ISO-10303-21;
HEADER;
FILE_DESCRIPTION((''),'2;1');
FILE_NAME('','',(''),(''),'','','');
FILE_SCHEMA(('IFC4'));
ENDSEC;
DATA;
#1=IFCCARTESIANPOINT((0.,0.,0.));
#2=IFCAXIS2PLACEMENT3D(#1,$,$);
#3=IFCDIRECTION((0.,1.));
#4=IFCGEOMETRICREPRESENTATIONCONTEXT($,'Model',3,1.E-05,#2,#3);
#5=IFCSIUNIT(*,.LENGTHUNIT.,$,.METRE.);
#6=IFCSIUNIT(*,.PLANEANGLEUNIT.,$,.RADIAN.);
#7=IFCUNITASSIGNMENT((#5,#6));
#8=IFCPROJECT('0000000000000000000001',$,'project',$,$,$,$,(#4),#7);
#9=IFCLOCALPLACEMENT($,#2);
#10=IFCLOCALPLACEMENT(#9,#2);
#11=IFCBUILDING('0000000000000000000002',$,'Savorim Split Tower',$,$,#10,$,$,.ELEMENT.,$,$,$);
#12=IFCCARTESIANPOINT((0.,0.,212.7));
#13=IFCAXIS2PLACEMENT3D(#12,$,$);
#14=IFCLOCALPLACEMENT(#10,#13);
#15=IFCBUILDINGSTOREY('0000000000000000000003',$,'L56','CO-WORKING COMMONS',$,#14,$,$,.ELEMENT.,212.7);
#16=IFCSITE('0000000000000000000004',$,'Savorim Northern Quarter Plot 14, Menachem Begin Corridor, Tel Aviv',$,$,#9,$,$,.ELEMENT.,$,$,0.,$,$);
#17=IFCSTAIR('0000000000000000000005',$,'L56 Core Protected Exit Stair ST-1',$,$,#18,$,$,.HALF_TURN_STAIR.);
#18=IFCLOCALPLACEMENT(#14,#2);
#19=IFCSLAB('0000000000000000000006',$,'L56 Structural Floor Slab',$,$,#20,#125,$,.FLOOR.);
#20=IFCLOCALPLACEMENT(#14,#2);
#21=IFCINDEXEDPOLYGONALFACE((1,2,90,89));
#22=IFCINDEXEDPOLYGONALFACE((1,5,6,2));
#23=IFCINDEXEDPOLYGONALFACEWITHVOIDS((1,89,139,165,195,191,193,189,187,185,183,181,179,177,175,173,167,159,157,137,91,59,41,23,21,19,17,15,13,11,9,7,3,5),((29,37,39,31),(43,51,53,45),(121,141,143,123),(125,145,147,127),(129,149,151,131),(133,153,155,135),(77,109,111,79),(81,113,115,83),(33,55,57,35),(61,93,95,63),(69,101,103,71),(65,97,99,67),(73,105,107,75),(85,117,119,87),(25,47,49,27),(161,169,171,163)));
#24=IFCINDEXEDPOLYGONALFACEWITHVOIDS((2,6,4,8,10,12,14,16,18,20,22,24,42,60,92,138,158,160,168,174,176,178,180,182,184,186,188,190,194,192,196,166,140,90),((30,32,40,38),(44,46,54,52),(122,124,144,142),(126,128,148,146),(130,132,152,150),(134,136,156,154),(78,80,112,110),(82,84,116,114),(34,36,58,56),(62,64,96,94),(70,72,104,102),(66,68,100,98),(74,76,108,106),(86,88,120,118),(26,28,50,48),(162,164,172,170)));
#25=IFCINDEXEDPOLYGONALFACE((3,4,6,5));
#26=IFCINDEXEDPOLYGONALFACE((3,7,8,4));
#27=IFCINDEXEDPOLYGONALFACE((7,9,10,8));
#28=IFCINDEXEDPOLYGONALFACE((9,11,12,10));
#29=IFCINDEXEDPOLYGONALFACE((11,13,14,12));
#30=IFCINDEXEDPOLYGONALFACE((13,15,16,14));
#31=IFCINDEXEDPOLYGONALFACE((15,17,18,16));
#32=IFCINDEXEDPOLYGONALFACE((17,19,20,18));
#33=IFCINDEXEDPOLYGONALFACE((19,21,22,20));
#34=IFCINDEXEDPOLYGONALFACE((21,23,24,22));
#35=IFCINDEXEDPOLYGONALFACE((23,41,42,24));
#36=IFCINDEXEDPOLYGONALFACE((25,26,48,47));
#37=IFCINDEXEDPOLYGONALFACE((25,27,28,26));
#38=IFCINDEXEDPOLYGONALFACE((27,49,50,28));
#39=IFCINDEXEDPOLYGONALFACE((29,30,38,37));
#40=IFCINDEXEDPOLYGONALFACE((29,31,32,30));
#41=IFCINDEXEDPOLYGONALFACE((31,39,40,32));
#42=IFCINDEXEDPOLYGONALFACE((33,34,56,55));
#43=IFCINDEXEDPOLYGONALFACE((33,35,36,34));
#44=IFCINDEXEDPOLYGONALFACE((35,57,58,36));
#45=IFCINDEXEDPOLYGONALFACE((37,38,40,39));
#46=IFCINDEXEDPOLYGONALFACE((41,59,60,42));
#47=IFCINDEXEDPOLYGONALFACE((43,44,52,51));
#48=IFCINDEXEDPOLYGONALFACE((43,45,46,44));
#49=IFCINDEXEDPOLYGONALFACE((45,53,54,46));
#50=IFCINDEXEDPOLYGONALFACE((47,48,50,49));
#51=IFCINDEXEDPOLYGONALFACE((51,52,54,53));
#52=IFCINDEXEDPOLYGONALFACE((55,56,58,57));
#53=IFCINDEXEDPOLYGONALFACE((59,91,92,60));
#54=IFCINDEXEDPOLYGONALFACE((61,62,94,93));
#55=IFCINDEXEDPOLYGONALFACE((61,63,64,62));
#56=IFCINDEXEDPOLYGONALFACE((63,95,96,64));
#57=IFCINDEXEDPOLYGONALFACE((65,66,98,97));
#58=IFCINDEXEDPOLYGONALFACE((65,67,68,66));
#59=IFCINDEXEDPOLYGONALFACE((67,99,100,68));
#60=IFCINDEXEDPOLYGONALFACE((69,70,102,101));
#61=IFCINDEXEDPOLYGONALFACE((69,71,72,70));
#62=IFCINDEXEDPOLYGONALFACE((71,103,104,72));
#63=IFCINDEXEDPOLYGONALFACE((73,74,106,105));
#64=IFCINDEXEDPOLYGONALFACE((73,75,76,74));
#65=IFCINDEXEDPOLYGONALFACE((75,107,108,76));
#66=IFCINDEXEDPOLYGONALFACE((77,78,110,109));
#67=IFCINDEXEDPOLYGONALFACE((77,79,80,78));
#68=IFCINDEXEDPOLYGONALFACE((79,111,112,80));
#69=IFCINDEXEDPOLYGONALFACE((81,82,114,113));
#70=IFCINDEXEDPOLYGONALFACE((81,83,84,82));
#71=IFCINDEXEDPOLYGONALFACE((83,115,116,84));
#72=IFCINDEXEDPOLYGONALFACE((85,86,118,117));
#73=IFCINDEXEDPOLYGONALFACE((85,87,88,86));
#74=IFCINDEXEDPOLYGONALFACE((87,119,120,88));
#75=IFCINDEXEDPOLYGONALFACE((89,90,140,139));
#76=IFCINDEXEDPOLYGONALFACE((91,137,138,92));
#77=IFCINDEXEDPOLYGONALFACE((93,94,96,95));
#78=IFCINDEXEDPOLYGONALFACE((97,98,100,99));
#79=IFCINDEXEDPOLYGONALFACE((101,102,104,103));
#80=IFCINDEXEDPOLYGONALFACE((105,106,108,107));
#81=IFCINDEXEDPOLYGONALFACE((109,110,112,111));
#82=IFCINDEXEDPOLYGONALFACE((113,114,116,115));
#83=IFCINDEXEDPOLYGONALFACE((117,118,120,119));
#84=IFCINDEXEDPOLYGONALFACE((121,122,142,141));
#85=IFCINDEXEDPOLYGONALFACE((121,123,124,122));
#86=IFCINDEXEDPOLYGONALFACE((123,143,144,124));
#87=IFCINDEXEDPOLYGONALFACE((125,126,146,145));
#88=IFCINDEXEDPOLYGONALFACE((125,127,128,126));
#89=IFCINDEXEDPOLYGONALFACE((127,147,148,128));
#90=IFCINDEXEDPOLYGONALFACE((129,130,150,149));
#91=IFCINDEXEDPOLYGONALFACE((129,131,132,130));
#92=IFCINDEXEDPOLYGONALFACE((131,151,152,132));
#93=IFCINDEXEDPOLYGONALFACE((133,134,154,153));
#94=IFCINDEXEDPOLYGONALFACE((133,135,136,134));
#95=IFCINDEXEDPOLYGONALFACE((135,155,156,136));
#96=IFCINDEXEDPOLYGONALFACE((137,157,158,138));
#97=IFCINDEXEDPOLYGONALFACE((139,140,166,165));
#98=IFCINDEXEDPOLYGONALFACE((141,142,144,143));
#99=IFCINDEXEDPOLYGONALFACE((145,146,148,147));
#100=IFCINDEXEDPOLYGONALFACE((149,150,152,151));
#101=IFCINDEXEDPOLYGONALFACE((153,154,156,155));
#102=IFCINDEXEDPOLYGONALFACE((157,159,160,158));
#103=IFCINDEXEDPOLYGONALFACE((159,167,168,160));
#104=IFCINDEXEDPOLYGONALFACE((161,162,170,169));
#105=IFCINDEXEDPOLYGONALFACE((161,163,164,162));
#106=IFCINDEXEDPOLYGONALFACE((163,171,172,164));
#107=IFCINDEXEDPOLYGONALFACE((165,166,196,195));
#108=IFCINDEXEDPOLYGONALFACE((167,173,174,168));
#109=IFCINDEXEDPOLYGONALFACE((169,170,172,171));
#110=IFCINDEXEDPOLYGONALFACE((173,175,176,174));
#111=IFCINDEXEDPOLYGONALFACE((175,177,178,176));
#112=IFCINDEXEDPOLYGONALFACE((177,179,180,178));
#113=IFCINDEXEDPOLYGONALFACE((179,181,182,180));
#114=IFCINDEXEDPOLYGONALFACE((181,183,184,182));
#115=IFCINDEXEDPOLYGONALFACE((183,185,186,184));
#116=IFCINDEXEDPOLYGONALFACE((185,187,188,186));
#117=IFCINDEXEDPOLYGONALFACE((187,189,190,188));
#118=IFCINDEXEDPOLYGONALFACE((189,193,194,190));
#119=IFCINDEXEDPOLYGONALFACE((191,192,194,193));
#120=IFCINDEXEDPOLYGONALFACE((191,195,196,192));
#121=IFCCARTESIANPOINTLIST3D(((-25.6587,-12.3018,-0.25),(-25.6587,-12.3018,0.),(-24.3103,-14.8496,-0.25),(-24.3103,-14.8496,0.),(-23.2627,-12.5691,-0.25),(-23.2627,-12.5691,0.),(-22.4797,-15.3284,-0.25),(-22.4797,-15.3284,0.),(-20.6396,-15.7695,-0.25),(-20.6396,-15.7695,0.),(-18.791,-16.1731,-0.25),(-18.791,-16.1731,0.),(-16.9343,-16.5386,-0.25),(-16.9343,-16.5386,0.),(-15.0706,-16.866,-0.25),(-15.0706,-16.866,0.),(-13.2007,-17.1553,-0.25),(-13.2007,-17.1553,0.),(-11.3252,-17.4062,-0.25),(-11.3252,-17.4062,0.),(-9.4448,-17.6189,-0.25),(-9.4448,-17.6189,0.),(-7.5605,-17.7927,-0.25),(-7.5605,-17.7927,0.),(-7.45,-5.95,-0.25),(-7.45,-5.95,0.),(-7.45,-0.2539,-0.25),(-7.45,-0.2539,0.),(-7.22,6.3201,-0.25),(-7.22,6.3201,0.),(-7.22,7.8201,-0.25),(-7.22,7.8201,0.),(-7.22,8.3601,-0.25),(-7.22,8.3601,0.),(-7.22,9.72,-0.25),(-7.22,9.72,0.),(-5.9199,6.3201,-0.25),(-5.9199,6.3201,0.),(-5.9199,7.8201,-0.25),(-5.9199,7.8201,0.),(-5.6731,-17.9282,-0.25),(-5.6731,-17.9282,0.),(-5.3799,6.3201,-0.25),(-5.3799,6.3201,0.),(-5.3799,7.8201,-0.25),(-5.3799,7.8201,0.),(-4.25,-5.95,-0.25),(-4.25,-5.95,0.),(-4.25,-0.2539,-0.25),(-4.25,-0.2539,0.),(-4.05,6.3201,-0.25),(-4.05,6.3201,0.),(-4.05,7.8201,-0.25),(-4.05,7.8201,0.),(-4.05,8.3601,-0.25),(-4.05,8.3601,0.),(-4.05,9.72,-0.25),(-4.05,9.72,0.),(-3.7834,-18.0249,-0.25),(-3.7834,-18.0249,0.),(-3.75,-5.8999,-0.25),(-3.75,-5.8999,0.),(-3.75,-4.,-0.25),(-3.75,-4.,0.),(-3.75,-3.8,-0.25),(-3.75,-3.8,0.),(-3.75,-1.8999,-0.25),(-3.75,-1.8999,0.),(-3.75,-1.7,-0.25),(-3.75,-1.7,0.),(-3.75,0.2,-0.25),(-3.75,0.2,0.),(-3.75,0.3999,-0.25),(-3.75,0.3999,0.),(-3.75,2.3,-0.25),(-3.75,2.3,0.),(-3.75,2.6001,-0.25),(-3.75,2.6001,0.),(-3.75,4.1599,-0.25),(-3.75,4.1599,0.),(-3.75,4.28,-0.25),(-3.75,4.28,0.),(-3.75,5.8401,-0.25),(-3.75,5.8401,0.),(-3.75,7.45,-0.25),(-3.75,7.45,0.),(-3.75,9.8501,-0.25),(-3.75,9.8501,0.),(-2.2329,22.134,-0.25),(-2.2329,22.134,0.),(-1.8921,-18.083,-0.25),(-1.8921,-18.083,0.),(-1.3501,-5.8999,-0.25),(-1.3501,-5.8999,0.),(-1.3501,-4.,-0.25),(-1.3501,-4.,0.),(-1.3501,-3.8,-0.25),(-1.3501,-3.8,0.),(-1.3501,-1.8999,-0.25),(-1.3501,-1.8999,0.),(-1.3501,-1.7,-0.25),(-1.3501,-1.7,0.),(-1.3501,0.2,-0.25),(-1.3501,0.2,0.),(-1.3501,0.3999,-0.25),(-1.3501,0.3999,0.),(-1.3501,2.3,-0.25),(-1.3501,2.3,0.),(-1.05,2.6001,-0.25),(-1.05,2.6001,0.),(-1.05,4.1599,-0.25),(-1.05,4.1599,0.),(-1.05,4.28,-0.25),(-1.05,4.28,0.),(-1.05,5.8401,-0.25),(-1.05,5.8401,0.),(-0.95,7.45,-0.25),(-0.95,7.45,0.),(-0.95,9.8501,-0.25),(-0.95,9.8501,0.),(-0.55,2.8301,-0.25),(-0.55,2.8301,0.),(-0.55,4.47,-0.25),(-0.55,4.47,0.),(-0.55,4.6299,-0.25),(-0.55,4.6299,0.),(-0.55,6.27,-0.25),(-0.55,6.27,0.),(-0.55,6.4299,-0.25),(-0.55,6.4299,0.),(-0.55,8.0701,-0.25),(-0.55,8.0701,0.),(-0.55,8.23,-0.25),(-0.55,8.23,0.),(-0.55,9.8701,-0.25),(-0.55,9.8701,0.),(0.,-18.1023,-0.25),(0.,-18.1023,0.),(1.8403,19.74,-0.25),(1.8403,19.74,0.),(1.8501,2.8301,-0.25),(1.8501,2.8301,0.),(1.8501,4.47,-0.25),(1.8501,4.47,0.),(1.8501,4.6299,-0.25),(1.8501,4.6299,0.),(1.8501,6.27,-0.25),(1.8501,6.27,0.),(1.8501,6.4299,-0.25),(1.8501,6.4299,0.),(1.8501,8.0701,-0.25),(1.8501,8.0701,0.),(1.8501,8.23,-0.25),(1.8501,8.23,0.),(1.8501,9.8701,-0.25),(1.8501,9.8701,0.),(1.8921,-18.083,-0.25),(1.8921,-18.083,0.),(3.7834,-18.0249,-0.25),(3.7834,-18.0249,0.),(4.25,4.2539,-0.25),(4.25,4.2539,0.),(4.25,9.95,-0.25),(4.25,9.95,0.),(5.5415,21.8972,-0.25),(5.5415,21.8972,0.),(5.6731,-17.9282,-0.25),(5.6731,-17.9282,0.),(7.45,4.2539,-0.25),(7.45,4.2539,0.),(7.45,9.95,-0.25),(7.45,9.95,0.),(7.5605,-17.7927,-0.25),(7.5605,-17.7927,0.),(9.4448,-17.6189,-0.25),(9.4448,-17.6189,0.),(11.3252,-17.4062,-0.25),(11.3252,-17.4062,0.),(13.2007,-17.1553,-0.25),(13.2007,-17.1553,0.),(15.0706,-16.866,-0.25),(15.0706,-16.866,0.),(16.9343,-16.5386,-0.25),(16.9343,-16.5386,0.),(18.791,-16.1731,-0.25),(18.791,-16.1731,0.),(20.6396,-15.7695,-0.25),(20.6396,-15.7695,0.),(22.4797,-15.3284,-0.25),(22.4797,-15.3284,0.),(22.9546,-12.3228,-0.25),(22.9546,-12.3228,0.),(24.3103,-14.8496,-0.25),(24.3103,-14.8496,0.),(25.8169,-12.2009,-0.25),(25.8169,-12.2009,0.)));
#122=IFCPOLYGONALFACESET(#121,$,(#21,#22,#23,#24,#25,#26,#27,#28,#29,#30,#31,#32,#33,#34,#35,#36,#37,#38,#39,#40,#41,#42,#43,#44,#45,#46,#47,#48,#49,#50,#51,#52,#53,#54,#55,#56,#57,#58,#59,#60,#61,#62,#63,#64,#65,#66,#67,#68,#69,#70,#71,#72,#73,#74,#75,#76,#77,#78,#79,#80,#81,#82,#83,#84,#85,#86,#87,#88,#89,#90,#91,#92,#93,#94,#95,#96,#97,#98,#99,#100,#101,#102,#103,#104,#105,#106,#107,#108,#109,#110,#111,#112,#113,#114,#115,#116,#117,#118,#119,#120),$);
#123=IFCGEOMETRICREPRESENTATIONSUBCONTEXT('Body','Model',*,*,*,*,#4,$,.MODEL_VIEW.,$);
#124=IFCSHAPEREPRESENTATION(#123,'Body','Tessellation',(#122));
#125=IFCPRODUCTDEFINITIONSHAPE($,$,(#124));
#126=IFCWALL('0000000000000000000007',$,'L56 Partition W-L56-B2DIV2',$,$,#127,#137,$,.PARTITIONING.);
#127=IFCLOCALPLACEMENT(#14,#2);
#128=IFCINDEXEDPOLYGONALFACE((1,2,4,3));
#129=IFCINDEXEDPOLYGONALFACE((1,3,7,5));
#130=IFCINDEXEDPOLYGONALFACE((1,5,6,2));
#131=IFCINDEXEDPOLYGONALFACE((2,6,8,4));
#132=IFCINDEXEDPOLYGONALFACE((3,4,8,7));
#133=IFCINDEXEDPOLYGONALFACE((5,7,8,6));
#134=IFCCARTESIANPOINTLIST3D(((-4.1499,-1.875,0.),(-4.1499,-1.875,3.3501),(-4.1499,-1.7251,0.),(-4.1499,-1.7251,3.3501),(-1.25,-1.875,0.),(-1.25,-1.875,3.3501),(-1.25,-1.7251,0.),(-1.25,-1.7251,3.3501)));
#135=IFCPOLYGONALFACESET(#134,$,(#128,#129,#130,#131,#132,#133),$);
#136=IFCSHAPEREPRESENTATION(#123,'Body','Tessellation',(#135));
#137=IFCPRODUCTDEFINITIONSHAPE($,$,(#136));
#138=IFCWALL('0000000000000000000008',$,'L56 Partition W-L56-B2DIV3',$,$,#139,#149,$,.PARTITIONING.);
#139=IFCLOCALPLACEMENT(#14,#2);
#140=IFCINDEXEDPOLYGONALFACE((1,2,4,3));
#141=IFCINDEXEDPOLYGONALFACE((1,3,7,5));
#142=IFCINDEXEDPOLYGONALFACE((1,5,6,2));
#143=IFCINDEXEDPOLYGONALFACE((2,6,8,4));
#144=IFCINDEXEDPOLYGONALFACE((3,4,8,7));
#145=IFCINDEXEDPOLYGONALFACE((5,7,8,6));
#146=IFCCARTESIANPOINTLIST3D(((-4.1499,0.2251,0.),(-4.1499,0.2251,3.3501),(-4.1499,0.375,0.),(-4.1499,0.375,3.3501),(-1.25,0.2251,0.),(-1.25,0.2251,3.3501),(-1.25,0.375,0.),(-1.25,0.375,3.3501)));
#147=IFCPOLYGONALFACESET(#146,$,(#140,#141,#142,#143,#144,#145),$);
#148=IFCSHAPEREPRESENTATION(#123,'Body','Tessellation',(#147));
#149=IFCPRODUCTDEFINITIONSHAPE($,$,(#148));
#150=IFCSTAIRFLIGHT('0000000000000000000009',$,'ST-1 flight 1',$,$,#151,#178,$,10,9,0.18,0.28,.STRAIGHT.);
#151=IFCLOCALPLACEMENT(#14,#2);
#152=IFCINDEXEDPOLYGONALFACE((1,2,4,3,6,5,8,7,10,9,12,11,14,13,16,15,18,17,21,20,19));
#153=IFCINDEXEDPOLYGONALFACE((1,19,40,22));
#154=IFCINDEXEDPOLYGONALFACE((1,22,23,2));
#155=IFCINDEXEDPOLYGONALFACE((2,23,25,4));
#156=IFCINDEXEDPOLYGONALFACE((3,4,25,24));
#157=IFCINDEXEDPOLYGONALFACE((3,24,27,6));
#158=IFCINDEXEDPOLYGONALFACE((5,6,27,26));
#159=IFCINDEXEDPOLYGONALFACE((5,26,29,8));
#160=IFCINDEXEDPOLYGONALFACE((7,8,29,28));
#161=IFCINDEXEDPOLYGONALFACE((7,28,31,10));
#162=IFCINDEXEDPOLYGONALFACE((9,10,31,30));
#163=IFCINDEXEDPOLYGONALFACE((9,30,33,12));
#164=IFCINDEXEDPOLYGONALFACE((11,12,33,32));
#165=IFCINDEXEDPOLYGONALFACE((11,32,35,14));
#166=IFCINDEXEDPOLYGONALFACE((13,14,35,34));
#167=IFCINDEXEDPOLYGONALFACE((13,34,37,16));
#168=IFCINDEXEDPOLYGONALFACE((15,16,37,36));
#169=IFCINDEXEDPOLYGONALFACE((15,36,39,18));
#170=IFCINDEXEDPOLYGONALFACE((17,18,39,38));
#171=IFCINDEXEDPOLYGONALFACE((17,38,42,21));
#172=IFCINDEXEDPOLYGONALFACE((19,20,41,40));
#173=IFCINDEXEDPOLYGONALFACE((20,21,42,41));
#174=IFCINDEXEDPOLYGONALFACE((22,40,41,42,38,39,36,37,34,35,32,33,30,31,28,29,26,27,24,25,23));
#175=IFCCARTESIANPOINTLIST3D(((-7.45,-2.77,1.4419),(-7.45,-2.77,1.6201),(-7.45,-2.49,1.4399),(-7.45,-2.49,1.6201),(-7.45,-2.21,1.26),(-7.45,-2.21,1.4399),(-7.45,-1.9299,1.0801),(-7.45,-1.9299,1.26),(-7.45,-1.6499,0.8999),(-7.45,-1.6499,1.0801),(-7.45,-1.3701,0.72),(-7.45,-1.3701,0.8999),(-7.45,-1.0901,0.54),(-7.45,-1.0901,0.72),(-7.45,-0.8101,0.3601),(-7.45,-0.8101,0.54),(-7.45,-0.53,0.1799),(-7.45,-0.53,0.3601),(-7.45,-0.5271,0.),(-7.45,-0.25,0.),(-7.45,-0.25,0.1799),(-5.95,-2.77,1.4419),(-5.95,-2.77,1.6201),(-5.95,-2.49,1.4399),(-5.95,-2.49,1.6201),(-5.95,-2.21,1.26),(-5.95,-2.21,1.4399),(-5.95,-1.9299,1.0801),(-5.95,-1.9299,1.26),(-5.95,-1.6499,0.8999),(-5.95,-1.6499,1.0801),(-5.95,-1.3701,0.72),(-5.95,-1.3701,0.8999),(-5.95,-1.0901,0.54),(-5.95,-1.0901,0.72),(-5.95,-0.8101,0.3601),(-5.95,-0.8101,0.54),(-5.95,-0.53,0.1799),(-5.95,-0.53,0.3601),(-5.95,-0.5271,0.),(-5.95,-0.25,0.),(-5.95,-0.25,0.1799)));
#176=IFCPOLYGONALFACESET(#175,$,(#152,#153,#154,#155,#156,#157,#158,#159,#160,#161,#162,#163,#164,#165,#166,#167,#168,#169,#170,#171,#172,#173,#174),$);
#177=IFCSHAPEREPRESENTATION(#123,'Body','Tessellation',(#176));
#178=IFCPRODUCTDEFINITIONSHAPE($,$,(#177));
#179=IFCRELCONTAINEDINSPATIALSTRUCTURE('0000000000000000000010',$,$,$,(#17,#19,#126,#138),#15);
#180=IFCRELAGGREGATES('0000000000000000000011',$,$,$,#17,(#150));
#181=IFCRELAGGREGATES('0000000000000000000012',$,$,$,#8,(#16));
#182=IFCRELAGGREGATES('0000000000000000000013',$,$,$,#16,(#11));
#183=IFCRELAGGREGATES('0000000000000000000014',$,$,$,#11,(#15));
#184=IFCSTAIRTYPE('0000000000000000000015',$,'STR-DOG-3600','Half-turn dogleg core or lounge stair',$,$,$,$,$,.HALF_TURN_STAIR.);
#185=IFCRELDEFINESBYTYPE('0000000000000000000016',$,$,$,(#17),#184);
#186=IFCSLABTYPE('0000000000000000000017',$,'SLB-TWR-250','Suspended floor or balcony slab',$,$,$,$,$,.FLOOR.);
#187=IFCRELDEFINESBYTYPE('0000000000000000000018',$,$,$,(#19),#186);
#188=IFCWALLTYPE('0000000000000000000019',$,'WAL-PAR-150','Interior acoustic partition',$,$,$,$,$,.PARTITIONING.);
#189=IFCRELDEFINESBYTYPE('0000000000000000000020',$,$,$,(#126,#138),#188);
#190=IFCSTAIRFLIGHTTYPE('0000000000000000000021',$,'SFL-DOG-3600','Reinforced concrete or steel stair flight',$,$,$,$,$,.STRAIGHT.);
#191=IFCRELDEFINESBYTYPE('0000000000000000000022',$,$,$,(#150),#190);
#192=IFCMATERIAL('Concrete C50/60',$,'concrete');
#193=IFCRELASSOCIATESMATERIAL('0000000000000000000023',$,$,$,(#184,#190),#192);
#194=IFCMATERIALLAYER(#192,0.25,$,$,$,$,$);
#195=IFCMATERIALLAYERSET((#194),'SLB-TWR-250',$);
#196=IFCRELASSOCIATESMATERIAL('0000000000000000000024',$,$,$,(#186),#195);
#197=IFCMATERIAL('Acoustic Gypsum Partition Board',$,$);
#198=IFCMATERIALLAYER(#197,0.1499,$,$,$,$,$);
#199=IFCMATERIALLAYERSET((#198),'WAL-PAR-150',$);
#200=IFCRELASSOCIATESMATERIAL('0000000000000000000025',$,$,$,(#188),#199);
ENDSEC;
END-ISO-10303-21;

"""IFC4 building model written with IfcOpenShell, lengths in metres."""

from ifc_helpers import new_model, si_unit, direction, frame, frame_2d, origin, place, context, subcontext, project, spatial, polyline, rectangle, outline, extrude, material, layer, layer_set, type_object, element, aggregate, save


model = new_model("IFC4")

# Units and contexts
model_context = context("Model", 3, precision=1e-05, world=origin(), true_north=direction((0.0, 1.0)))
body_context = subcontext(model_context, "Body", "Model", "MODEL_VIEW")
ifc_project = project(units=[si_unit("LENGTHUNIT", "METRE"), si_unit("PLANEANGLEUNIT", "RADIAN")], contexts=[model_context])

# Site, building, storey
site_placement = place(None, origin())
site = spatial("IfcSite", under=ifc_project, at=site_placement, Name="Savorim Northern Quarter Plot 14, Menachem Begin Corridor, Tel Aviv", CompositionType="ELEMENT", RefElevation=0.0)
building_placement = place(site_placement, origin())
building = spatial("IfcBuilding", under=site, at=building_placement, Name="Savorim Split Tower", CompositionType="ELEMENT")
storey_placement = place(building_placement, frame((0.0, 0.0, 212.7)))
storey = spatial("IfcBuildingStorey", under=building, at=storey_placement, Name="L56", Description="CO-WORKING COMMONS", CompositionType="ELEMENT", Elevation=212.7)

# Shared definitions
ifc_material_1 = material(Name="Concrete C50/60", Category="concrete")

# Stair
stair_type = type_object("IfcStairType", Name="STR-DOG-3600", Description="Half-turn dogleg core or lounge stair", PredefinedType="HALF_TURN_STAIR", material=ifc_material_1)
stair_1_placement = place(storey_placement, origin())
stair_1 = element("IfcStair", 1, at=stair_1_placement, inside=storey, type_object=stair_type, Name="L56 Core Protected Exit Stair ST-1", PredefinedType="HALF_TURN_STAIR")

# Slab
ifc_layer_1 = layer(ifc_material_1, 0.25)
ifc_layer_set_1 = layer_set([ifc_layer_1], Name="SLB-TWR-250")
slab_type_1 = type_object("IfcSlabType", Name="SLB-TWR-250", Description="Suspended floor or balcony slab", PredefinedType="FLOOR", material=ifc_layer_set_1)
slab_1_placement = place(storey_placement, frame((0.0, 0.0, -0.25)))
element("IfcSlab", 2, at=slab_1_placement, inside=storey, type_object=slab_type_1, Name="L56 Structural Floor Slab", PredefinedType="FLOOR", context=body_context, shape_type="SweptSolid", body=[
    extrude(outline(polyline([(-24.3103, -14.8496), (-22.4797, -15.3284), (-20.6396, -15.7695), (-18.791, -16.1731), (-16.9343, -16.5386), (-15.0706, -16.866), (-13.2007, -17.1553), (-11.3252, -17.4062), (-9.4448, -17.6189), (-7.5605, -17.7927), (-5.6731, -17.9282), (-3.7834, -18.0249), (-1.8921, -18.083), (0.0, -18.1023), (1.8921, -18.083), (3.7834, -18.0249), (5.6731, -17.9282), (7.5605, -17.7927), (9.4448, -17.6189), (11.3252, -17.4062), (13.2007, -17.1553), (15.0706, -16.866), (16.9343, -16.5386), (18.791, -16.1731), (20.6396, -15.7695), (22.4797, -15.3284), (24.3103, -14.8496), (22.9546, -12.3228), (25.8169, -12.2009), (5.5415, 21.8972), (1.8403, 19.74), (-2.2329, 22.134), (-25.6587, -12.3018), (-23.2627, -12.5691), (-24.3103, -14.8496)]), holes=[polyline([(-7.45, -0.2539), (-7.45, -5.95), (-4.25, -5.95), (-4.25, -0.2539), (-7.45, -0.2539)]), polyline([(7.45, 4.2539), (7.45, 9.95), (4.25, 9.95), (4.25, 4.2539), (7.45, 4.2539)]), polyline([(-3.75, -5.8999), (-1.3501, -5.8999), (-1.3501, -4.0), (-3.75, -4.0), (-3.75, -5.8999)]), polyline([(-3.75, -3.8), (-1.3501, -3.8), (-1.3501, -1.8999), (-3.75, -1.8999), (-3.75, -3.8)]), polyline([(-3.75, -1.7), (-1.3501, -1.7), (-1.3501, 0.2), (-3.75, 0.2), (-3.75, -1.7)]), polyline([(-3.75, 0.3999), (-1.3501, 0.3999), (-1.3501, 2.3), (-3.75, 2.3), (-3.75, 0.3999)]), polyline([(-0.55, 2.8301), (1.8501, 2.8301), (1.8501, 4.47), (-0.55, 4.47), (-0.55, 2.8301)]), polyline([(-0.55, 4.6299), (1.8501, 4.6299), (1.8501, 6.27), (-0.55, 6.27), (-0.55, 4.6299)]), polyline([(-0.55, 6.4299), (1.8501, 6.4299), (1.8501, 8.0701), (-0.55, 8.0701), (-0.55, 6.4299)]), polyline([(-0.55, 8.23), (1.8501, 8.23), (1.8501, 9.8701), (-0.55, 9.8701), (-0.55, 8.23)]), polyline([(-3.75, 2.6001), (-1.05, 2.6001), (-1.05, 4.1599), (-3.75, 4.1599), (-3.75, 2.6001)]), polyline([(-3.75, 4.28), (-1.05, 4.28), (-1.05, 5.8401), (-3.75, 5.8401), (-3.75, 4.28)]), polyline([(-3.75, 7.45), (-0.95, 7.45), (-0.95, 9.8501), (-3.75, 9.8501), (-3.75, 7.45)]), polyline([(-7.22, 6.3201), (-5.9199, 6.3201), (-5.9199, 7.8201), (-7.22, 7.8201), (-7.22, 6.3201)]), polyline([(-5.3799, 6.3201), (-4.05, 6.3201), (-4.05, 7.8201), (-5.3799, 7.8201), (-5.3799, 6.3201)]), polyline([(-7.22, 8.3601), (-4.05, 8.3601), (-4.05, 9.72), (-7.22, 9.72), (-7.22, 8.3601)])]), origin(), (0.0, 0.0, 1.0), 0.25),
])

# Walls
ifc_material_2 = material(Name="Acoustic Gypsum Partition Board")
ifc_layer_2 = layer(ifc_material_2, 0.1499)
ifc_layer_set_2 = layer_set([ifc_layer_2], Name="WAL-PAR-150")
wall_type_1 = type_object("IfcWallType", Name="WAL-PAR-150", Description="Interior acoustic partition", PredefinedType="PARTITIONING", material=ifc_layer_set_2)
for number, where, z_axis, x_axis, name in (
    (3, (-4.1499, -1.8, 0.0), (0.0, 0.0, 1.0), (1.0, 0.0, 0.0), "L56 Partition W-L56-B2DIV2"),
    (4, (-4.1499, 0.3, 0.0), (0.0, 0.0, 1.0), (1.0, 0.0, 0.0), "L56 Partition W-L56-B2DIV3"),
):
    element("IfcWall", number, at=place(storey_placement, frame(where, z_axis=z_axis, x_axis=x_axis)), inside=storey, type_object=wall_type_1, Name=name, PredefinedType="PARTITIONING", context=body_context, shape_type="SweptSolid", body=[
        extrude(rectangle(XDim=2.8999, YDim=0.1499, at=frame_2d((1.45, 0.0))), origin(), (0.0, 0.0, 1.0), 3.3501),
    ])

# Stair flight
stair_flight_type = type_object("IfcStairFlightType", Name="SFL-DOG-3600", Description="Reinforced concrete or steel stair flight", PredefinedType="STRAIGHT", material=ifc_material_1)
stair_flight_1_placement = place(storey_placement, frame((-6.7, -0.25, 0.0), z_axis=(0.0, 0.0, 1.0), x_axis=(0.0, -1.0, 0.0)))
stair_flight_1 = element("IfcStairFlight", 5, at=stair_flight_1_placement, type_object=stair_flight_type, Name="ST-1 flight 1", NumberOfRisers=10, NumberOfTreads=9, PredefinedType="STRAIGHT", RiserHeight=0.18, TreadLength=0.28, context=body_context, shape_type="SweptSolid", body=[
    extrude(outline(polyline([(0.0, 0.0), (0.0, 0.1799), (0.28, 0.1799), (0.28, 0.3601), (0.5601, 0.3601), (0.5601, 0.54), (0.8401, 0.54), (0.8401, 0.72), (1.1201, 0.72), (1.1201, 0.8999), (1.3999, 0.8999), (1.3999, 1.0801), (1.6799, 1.0801), (1.6799, 1.26), (1.96, 1.26), (1.96, 1.4399), (2.24, 1.4399), (2.24, 1.6201), (2.52, 1.6201), (2.52, 1.8), (2.52, 1.4419), (0.2771, 0.0), (0.0, 0.0)])), frame((0.0, 0.75, 0.0), z_axis=(0.0, -1.0, 0.0), x_axis=(1.0, 0.0, 0.0)), (0.0, 0.0, 1.0), 1.5),
])
aggregate(stair_1, [stair_flight_1])

save(model, "model.ifc")
